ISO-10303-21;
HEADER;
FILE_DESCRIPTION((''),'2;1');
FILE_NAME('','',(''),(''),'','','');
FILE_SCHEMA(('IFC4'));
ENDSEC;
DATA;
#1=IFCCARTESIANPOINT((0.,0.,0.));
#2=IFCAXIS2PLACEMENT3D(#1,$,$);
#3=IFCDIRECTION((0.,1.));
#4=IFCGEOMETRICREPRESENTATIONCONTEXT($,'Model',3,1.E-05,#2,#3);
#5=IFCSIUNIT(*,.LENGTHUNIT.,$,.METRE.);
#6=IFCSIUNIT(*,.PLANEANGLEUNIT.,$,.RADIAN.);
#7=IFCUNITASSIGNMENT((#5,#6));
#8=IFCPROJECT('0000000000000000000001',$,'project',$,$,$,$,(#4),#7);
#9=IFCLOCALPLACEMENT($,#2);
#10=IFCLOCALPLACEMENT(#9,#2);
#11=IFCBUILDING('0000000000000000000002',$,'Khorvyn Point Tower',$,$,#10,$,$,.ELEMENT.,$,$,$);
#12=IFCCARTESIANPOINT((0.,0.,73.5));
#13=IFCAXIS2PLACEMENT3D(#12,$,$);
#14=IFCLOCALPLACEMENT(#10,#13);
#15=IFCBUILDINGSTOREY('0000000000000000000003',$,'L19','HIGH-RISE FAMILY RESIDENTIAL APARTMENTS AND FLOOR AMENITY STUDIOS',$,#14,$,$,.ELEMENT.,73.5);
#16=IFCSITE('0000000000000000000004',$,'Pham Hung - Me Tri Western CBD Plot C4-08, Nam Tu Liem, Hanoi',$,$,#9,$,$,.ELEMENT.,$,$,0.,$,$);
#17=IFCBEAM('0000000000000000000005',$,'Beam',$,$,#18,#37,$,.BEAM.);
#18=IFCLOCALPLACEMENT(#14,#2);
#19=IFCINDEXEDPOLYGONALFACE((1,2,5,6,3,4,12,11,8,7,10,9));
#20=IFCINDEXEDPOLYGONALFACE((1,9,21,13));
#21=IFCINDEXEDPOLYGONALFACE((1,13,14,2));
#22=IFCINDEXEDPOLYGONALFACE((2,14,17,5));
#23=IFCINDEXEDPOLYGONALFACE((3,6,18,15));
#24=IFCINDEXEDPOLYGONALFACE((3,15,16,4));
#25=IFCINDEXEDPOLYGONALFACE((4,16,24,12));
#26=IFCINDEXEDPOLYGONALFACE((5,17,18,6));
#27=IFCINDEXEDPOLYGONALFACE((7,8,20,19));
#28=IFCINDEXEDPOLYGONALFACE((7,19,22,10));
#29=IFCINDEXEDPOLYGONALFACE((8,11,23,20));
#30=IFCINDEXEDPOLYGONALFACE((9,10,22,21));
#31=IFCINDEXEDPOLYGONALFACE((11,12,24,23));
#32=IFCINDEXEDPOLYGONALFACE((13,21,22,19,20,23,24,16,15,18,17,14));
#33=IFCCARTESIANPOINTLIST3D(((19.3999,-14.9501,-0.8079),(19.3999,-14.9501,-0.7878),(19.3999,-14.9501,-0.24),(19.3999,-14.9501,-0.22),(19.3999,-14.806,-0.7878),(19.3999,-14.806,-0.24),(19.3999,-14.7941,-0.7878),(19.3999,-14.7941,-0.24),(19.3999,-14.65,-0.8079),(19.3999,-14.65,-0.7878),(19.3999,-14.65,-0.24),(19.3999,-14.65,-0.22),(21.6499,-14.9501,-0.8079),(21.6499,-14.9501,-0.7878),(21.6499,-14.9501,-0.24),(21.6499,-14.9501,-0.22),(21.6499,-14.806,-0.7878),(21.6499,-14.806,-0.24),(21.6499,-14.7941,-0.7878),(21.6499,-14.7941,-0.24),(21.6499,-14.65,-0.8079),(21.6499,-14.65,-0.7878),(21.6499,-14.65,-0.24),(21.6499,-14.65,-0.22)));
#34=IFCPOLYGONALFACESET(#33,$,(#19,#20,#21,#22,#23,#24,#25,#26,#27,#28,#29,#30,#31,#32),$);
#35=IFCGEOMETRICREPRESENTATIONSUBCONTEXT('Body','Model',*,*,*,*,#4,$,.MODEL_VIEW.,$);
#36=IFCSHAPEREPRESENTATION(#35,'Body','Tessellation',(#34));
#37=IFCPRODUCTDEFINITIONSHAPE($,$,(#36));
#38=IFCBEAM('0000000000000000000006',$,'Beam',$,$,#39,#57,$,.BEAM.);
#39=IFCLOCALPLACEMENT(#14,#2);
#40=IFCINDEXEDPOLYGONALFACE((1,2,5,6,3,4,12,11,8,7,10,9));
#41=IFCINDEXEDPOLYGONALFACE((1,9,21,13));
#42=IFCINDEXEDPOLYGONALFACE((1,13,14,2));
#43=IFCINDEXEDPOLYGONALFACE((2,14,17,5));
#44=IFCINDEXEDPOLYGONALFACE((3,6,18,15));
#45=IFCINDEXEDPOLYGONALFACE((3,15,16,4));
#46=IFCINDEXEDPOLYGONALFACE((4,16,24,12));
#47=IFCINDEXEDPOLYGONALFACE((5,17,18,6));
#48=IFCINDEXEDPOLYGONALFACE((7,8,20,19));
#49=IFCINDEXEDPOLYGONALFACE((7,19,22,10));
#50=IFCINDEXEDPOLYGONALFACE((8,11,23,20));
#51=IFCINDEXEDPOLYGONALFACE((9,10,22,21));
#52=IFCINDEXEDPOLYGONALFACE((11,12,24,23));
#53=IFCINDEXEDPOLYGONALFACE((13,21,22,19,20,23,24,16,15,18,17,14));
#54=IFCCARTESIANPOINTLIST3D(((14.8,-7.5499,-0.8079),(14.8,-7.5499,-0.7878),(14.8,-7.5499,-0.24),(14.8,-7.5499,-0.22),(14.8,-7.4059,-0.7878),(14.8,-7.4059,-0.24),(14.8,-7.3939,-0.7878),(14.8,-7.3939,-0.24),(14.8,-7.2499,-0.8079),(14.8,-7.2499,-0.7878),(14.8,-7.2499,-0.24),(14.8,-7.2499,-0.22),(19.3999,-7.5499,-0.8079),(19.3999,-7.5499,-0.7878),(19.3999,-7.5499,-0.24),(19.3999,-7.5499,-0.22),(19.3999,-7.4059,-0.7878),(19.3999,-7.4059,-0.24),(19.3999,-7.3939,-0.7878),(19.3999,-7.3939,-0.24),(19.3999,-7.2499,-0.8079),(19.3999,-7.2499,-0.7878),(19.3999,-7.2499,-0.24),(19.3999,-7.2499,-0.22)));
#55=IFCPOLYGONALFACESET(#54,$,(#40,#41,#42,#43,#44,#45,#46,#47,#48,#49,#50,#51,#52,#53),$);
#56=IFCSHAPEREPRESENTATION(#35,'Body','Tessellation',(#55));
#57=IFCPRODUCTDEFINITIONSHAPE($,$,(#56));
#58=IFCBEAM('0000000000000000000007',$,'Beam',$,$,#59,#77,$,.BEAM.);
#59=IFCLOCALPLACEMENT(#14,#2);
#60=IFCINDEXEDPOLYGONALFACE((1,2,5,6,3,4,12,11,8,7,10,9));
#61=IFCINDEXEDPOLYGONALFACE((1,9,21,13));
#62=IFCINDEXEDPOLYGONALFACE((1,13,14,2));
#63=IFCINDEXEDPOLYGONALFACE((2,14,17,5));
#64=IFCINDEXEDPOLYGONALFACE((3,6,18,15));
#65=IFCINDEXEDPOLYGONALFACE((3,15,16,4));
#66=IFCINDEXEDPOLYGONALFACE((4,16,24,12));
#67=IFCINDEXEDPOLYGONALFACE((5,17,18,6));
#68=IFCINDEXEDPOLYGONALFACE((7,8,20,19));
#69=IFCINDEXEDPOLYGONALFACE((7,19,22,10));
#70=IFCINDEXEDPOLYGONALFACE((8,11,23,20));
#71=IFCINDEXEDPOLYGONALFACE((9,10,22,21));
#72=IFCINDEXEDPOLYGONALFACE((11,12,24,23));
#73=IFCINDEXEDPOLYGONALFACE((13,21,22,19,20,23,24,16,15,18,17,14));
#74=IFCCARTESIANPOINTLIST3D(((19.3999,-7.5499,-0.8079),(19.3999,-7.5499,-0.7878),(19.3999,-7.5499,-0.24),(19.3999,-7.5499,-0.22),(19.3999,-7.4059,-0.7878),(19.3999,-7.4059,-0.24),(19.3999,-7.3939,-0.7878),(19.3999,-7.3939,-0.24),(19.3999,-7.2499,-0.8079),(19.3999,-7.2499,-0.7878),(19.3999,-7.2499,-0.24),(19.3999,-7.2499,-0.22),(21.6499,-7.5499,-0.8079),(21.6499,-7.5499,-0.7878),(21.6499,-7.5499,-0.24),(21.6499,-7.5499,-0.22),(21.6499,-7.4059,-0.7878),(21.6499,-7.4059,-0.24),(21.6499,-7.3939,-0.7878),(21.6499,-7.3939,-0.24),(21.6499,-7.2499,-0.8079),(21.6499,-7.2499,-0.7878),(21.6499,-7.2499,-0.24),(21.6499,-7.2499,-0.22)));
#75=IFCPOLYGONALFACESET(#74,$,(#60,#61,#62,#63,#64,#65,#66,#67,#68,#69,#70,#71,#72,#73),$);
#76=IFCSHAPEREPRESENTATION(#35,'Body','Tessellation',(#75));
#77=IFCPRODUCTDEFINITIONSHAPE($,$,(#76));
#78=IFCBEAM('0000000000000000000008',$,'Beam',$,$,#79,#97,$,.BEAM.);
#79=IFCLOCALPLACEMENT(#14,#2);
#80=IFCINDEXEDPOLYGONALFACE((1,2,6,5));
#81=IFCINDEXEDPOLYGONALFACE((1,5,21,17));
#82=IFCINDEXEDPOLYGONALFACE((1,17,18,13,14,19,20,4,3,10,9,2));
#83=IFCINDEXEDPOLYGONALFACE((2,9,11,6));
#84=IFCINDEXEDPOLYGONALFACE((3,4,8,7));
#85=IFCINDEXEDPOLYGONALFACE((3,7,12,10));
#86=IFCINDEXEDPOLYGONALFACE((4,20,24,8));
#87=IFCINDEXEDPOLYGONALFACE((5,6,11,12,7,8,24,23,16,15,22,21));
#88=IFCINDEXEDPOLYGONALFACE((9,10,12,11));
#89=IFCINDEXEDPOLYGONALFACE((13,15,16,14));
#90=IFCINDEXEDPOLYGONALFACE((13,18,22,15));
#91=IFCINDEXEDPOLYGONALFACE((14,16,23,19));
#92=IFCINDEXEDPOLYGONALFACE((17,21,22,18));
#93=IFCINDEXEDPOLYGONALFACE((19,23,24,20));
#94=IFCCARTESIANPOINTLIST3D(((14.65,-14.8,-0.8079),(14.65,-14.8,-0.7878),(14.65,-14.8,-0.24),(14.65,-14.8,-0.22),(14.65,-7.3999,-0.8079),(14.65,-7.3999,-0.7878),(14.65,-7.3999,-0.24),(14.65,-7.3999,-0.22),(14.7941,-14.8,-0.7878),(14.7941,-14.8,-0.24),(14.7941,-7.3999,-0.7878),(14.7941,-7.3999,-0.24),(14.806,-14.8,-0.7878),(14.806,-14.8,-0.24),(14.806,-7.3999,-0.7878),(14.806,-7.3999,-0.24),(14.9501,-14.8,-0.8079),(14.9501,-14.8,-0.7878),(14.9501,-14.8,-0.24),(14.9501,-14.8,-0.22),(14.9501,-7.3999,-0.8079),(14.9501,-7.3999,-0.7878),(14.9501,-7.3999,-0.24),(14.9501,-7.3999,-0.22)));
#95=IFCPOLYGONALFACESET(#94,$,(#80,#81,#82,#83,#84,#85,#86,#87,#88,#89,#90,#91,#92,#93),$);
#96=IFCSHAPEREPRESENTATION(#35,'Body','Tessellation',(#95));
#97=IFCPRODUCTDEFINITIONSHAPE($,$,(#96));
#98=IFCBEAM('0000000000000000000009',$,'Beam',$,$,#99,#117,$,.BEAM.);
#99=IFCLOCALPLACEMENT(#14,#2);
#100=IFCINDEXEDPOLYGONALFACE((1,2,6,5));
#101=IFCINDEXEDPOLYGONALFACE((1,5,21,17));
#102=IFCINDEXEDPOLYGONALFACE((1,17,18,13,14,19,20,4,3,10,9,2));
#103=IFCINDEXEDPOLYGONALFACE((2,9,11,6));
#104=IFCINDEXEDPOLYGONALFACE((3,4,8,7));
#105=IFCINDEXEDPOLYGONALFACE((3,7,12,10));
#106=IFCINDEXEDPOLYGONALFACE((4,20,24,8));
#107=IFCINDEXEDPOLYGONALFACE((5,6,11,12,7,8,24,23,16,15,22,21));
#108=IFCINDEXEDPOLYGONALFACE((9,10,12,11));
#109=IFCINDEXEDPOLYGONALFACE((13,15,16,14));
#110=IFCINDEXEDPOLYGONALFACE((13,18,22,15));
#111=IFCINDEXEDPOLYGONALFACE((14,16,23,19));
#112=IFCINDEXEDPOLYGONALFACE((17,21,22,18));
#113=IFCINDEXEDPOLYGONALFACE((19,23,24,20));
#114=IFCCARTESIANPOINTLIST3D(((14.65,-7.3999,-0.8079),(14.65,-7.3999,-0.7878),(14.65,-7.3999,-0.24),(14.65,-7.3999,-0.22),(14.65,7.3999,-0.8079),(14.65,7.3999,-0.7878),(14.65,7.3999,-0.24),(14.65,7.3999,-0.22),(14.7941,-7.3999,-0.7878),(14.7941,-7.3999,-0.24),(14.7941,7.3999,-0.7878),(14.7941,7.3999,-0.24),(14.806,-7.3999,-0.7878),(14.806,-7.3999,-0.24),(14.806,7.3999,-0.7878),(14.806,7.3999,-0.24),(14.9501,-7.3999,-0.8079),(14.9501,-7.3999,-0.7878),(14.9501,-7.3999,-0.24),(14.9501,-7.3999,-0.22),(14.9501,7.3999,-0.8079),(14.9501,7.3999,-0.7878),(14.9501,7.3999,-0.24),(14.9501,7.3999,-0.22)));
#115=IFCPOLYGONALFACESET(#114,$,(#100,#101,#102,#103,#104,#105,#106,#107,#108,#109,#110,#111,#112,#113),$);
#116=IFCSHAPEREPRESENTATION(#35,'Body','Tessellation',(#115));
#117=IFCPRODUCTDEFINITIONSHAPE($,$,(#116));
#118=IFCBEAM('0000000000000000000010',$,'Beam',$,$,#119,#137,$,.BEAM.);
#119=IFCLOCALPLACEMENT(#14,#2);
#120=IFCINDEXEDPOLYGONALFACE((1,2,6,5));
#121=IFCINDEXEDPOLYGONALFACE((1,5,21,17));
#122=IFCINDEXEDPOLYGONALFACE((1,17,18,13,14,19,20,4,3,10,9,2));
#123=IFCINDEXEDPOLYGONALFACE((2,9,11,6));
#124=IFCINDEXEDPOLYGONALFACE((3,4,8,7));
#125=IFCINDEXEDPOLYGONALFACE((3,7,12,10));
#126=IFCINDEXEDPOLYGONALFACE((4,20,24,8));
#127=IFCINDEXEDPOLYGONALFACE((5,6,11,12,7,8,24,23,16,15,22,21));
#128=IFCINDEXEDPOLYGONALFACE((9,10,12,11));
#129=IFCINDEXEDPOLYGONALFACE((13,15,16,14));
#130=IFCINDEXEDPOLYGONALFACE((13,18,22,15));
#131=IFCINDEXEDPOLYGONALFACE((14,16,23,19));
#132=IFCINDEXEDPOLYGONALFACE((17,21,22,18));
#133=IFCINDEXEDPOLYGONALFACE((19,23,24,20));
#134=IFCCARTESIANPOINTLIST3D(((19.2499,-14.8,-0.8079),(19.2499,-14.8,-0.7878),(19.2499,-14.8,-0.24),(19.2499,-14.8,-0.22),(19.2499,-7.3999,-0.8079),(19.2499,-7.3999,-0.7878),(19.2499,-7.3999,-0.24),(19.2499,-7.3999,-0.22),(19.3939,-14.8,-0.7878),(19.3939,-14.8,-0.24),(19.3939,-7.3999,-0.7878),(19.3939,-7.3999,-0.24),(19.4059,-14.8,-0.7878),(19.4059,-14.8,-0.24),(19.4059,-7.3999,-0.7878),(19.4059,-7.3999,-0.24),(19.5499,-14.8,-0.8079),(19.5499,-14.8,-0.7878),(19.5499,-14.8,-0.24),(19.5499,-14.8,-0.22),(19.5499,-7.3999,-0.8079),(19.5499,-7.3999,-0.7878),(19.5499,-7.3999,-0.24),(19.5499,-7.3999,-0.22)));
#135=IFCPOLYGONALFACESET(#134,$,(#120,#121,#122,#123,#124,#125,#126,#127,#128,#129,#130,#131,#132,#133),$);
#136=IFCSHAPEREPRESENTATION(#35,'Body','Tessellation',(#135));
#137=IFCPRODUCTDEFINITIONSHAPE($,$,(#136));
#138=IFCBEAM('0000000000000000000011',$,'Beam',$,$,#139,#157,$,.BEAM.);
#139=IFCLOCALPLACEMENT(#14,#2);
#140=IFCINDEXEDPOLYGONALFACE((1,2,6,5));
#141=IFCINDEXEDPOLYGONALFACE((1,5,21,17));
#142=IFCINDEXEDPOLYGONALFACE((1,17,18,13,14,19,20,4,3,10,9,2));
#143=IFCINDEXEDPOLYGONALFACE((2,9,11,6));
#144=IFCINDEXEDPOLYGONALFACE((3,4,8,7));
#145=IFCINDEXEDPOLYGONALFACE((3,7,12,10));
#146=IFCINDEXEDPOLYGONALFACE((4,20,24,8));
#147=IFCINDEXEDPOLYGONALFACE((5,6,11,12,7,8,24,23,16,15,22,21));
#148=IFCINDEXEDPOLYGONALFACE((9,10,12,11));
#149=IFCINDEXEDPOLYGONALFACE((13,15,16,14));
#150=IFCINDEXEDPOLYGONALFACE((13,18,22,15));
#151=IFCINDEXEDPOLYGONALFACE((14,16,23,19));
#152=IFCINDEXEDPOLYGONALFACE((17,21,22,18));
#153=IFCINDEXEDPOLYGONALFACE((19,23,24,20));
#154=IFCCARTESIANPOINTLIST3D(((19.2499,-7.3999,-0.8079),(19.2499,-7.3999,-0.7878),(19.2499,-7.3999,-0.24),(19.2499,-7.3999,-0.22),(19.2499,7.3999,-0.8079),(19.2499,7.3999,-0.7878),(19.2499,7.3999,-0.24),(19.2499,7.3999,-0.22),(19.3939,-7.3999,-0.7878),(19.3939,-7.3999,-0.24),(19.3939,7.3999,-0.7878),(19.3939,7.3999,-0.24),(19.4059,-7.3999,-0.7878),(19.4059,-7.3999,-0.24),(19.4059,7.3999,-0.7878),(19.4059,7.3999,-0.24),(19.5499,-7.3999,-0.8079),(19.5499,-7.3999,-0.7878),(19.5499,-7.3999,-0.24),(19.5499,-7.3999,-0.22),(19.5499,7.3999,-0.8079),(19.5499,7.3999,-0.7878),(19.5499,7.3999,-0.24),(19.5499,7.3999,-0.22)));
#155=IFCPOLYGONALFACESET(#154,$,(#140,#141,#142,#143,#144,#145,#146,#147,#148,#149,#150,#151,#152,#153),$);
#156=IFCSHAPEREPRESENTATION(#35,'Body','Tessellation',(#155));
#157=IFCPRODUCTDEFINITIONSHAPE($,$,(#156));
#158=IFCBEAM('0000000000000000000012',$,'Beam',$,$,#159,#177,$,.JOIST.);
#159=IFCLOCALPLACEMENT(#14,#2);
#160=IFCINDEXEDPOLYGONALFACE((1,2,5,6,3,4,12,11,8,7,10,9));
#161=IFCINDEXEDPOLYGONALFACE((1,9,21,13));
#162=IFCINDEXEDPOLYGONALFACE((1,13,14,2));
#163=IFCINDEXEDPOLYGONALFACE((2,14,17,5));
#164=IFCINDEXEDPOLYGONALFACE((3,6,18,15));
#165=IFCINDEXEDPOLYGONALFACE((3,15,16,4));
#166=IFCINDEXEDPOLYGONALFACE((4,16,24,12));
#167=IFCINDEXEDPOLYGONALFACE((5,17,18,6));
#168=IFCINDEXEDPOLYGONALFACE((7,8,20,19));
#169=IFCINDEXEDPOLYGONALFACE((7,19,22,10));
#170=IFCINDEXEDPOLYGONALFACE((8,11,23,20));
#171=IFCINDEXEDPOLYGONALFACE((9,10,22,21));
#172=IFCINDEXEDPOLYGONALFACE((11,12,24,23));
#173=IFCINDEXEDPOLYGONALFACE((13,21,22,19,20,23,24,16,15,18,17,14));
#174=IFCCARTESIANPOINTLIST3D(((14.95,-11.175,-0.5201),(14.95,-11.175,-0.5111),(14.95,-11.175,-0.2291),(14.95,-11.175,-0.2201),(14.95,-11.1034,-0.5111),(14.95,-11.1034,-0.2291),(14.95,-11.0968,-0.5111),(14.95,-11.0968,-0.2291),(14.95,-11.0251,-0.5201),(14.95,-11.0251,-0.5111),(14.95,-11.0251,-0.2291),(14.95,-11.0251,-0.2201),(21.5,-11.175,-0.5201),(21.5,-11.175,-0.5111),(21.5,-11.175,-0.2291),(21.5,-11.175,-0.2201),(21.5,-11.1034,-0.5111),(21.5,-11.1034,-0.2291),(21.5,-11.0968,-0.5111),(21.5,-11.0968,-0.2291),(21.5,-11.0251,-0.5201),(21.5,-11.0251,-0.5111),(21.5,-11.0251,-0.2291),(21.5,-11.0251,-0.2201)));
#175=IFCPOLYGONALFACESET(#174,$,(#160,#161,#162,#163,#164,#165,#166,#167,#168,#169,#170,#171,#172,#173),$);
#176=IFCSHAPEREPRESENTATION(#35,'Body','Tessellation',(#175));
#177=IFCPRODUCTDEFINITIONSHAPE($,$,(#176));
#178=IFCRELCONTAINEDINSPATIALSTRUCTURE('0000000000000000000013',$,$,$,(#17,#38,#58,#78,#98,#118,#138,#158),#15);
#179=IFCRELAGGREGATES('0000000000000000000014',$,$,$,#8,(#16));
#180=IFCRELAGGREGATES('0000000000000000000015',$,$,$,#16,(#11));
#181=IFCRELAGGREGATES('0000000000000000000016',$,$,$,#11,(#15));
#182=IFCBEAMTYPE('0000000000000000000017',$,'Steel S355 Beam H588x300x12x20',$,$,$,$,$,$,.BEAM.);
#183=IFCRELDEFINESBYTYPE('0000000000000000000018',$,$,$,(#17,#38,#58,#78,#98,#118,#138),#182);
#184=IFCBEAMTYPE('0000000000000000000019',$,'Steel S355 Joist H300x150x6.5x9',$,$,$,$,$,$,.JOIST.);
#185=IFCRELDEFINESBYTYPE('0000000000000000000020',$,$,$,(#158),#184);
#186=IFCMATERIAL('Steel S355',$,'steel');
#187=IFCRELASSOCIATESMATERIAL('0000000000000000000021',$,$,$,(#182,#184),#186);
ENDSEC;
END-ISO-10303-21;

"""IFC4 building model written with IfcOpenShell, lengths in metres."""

from ifc_helpers import new_model, si_unit, direction, frame, origin, origin_2d, place, context, subcontext, project, spatial, i_section, extrude, material, material_profile, profile_set, type_object, element, save


model = new_model("IFC4")

# Units and contexts
model_context = context("Model", 3, precision=1e-05, world=origin(), true_north=direction((0.0, 1.0)))
body_context = subcontext(model_context, "Body", "Model", "MODEL_VIEW")
ifc_project = project(units=[si_unit("LENGTHUNIT", "METRE"), si_unit("PLANEANGLEUNIT", "RADIAN")], contexts=[model_context])

# Site, building, storey
site_placement = place(None, origin())
site = spatial("IfcSite", under=ifc_project, at=site_placement, Name="Pham Hung - Me Tri Western CBD Plot C4-08, Nam Tu Liem, Hanoi", CompositionType="ELEMENT", RefElevation=0.0)
building_placement = place(site_placement, origin())
building = spatial("IfcBuilding", under=site, at=building_placement, Name="Khorvyn Point Tower", CompositionType="ELEMENT")
storey_placement = place(building_placement, frame((0.0, 0.0, 73.5)))
storey = spatial("IfcBuildingStorey", under=building, at=storey_placement, Name="L19", Description="HIGH-RISE FAMILY RESIDENTIAL APARTMENTS AND FLOOR AMENITY STUDIOS", CompositionType="ELEMENT", Elevation=73.5)

# Beams
ifc_material_1 = material(Name="Steel S355", Category="steel")
ifc_material_profile_1 = material_profile(ifc_material_1, i_section(OverallWidth=0.3, OverallDepth=0.5879, WebThickness=0.012, FlangeThickness=0.02, at=origin_2d()))
ifc_profile_set_1 = profile_set([ifc_material_profile_1], Name="Steel S355 H588x300x12x20")
beam_type_1 = type_object("IfcBeamType", Name="Steel S355 Beam H588x300x12x20", PredefinedType="BEAM", material=ifc_profile_set_1)
beam_1_placement = place(storey_placement, frame((19.3999, -14.8, -0.5139), z_axis=(1.0, 0.0, 0.0), x_axis=(0.0, 1.0, 0.0)))
element("IfcBeam", 1, at=beam_1_placement, inside=storey, type_object=beam_type_1, Name="Beam", PredefinedType="BEAM", context=body_context, shape_type="SweptSolid", body=[
    extrude(i_section(OverallWidth=0.3, OverallDepth=0.5879, WebThickness=0.012, FlangeThickness=0.02, at=origin_2d()), origin(), (0.0, 0.0, 1.0), 2.25),
])
beam_2_placement = place(storey_placement, frame((14.8, -7.3999, -0.5139), z_axis=(1.0, 0.0, 0.0), x_axis=(0.0, 1.0, 0.0)))
element("IfcBeam", 2, at=beam_2_placement, inside=storey, type_object=beam_type_1, Name="Beam", PredefinedType="BEAM", context=body_context, shape_type="SweptSolid", body=[
    extrude(i_section(OverallWidth=0.3, OverallDepth=0.5879, WebThickness=0.012, FlangeThickness=0.02, at=origin_2d()), origin(), (0.0, 0.0, 1.0), 4.5999),
])
beam_3_placement = place(storey_placement, frame((19.3999, -7.3999, -0.5139), z_axis=(1.0, 0.0, 0.0), x_axis=(0.0, 1.0, 0.0)))
element("IfcBeam", 3, at=beam_3_placement, inside=storey, type_object=beam_type_1, Name="Beam", PredefinedType="BEAM", context=body_context, shape_type="SweptSolid", body=[
    extrude(i_section(OverallWidth=0.3, OverallDepth=0.5879, WebThickness=0.012, FlangeThickness=0.02, at=origin_2d()), origin(), (0.0, 0.0, 1.0), 2.25),
])
beam_4_placement = place(storey_placement, frame((14.8, -14.8, -0.5139), z_axis=(0.0, 1.0, 0.0), x_axis=(-1.0, 0.0, 0.0)))
element("IfcBeam", 4, at=beam_4_placement, inside=storey, type_object=beam_type_1, Name="Beam", PredefinedType="BEAM", context=body_context, shape_type="SweptSolid", body=[
    extrude(i_section(OverallWidth=0.3, OverallDepth=0.5879, WebThickness=0.012, FlangeThickness=0.02, at=origin_2d()), origin(), (0.0, 0.0, 1.0), 7.4001),
])
beam_5_placement = place(storey_placement, frame((14.8, -7.3999, -0.5139), z_axis=(0.0, 1.0, 0.0), x_axis=(-1.0, 0.0, 0.0)))
element("IfcBeam", 5, at=beam_5_placement, inside=storey, type_object=beam_type_1, Name="Beam", PredefinedType="BEAM", context=body_context, shape_type="SweptSolid", body=[
    extrude(i_section(OverallWidth=0.3, OverallDepth=0.5879, WebThickness=0.012, FlangeThickness=0.02, at=origin_2d()), origin(), (0.0, 0.0, 1.0), 14.7998),
])
beam_6_placement = place(storey_placement, frame((19.3999, -14.8, -0.5139), z_axis=(0.0, 1.0, 0.0), x_axis=(-1.0, 0.0, 0.0)))
element("IfcBeam", 6, at=beam_6_placement, inside=storey, type_object=beam_type_1, Name="Beam", PredefinedType="BEAM", context=body_context, shape_type="SweptSolid", body=[
    extrude(i_section(OverallWidth=0.3, OverallDepth=0.5879, WebThickness=0.012, FlangeThickness=0.02, at=origin_2d()), origin(), (0.0, 0.0, 1.0), 7.4001),
])
beam_7_placement = place(storey_placement, frame((19.3999, -7.3999, -0.5139), z_axis=(0.0, 1.0, 0.0), x_axis=(-1.0, 0.0, 0.0)))
element("IfcBeam", 7, at=beam_7_placement, inside=storey, type_object=beam_type_1, Name="Beam", PredefinedType="BEAM", context=body_context, shape_type="SweptSolid", body=[
    extrude(i_section(OverallWidth=0.3, OverallDepth=0.5879, WebThickness=0.012, FlangeThickness=0.02, at=origin_2d()), origin(), (0.0, 0.0, 1.0), 14.7998),
])
ifc_material_profile_2 = material_profile(ifc_material_1, i_section(OverallWidth=0.1499, OverallDepth=0.3, WebThickness=0.0066, FlangeThickness=0.009, at=origin_2d()))
ifc_profile_set_2 = profile_set([ifc_material_profile_2], Name="Steel S355 H300x150x6.5x9")
beam_type_2 = type_object("IfcBeamType", Name="Steel S355 Joist H300x150x6.5x9", PredefinedType="JOIST", material=ifc_profile_set_2)
beam_8_placement = place(storey_placement, frame((14.95, -11.1001, -0.3701), z_axis=(1.0, 0.0, 0.0), x_axis=(0.0, 1.0, 0.0)))
element("IfcBeam", 8, at=beam_8_placement, inside=storey, type_object=beam_type_2, Name="Beam", PredefinedType="JOIST", context=body_context, shape_type="SweptSolid", body=[
    extrude(i_section(OverallWidth=0.1499, OverallDepth=0.3, WebThickness=0.0066, FlangeThickness=0.009, at=origin_2d()), origin(), (0.0, 0.0, 1.0), 6.55),
])

save(model, "model.ifc")
